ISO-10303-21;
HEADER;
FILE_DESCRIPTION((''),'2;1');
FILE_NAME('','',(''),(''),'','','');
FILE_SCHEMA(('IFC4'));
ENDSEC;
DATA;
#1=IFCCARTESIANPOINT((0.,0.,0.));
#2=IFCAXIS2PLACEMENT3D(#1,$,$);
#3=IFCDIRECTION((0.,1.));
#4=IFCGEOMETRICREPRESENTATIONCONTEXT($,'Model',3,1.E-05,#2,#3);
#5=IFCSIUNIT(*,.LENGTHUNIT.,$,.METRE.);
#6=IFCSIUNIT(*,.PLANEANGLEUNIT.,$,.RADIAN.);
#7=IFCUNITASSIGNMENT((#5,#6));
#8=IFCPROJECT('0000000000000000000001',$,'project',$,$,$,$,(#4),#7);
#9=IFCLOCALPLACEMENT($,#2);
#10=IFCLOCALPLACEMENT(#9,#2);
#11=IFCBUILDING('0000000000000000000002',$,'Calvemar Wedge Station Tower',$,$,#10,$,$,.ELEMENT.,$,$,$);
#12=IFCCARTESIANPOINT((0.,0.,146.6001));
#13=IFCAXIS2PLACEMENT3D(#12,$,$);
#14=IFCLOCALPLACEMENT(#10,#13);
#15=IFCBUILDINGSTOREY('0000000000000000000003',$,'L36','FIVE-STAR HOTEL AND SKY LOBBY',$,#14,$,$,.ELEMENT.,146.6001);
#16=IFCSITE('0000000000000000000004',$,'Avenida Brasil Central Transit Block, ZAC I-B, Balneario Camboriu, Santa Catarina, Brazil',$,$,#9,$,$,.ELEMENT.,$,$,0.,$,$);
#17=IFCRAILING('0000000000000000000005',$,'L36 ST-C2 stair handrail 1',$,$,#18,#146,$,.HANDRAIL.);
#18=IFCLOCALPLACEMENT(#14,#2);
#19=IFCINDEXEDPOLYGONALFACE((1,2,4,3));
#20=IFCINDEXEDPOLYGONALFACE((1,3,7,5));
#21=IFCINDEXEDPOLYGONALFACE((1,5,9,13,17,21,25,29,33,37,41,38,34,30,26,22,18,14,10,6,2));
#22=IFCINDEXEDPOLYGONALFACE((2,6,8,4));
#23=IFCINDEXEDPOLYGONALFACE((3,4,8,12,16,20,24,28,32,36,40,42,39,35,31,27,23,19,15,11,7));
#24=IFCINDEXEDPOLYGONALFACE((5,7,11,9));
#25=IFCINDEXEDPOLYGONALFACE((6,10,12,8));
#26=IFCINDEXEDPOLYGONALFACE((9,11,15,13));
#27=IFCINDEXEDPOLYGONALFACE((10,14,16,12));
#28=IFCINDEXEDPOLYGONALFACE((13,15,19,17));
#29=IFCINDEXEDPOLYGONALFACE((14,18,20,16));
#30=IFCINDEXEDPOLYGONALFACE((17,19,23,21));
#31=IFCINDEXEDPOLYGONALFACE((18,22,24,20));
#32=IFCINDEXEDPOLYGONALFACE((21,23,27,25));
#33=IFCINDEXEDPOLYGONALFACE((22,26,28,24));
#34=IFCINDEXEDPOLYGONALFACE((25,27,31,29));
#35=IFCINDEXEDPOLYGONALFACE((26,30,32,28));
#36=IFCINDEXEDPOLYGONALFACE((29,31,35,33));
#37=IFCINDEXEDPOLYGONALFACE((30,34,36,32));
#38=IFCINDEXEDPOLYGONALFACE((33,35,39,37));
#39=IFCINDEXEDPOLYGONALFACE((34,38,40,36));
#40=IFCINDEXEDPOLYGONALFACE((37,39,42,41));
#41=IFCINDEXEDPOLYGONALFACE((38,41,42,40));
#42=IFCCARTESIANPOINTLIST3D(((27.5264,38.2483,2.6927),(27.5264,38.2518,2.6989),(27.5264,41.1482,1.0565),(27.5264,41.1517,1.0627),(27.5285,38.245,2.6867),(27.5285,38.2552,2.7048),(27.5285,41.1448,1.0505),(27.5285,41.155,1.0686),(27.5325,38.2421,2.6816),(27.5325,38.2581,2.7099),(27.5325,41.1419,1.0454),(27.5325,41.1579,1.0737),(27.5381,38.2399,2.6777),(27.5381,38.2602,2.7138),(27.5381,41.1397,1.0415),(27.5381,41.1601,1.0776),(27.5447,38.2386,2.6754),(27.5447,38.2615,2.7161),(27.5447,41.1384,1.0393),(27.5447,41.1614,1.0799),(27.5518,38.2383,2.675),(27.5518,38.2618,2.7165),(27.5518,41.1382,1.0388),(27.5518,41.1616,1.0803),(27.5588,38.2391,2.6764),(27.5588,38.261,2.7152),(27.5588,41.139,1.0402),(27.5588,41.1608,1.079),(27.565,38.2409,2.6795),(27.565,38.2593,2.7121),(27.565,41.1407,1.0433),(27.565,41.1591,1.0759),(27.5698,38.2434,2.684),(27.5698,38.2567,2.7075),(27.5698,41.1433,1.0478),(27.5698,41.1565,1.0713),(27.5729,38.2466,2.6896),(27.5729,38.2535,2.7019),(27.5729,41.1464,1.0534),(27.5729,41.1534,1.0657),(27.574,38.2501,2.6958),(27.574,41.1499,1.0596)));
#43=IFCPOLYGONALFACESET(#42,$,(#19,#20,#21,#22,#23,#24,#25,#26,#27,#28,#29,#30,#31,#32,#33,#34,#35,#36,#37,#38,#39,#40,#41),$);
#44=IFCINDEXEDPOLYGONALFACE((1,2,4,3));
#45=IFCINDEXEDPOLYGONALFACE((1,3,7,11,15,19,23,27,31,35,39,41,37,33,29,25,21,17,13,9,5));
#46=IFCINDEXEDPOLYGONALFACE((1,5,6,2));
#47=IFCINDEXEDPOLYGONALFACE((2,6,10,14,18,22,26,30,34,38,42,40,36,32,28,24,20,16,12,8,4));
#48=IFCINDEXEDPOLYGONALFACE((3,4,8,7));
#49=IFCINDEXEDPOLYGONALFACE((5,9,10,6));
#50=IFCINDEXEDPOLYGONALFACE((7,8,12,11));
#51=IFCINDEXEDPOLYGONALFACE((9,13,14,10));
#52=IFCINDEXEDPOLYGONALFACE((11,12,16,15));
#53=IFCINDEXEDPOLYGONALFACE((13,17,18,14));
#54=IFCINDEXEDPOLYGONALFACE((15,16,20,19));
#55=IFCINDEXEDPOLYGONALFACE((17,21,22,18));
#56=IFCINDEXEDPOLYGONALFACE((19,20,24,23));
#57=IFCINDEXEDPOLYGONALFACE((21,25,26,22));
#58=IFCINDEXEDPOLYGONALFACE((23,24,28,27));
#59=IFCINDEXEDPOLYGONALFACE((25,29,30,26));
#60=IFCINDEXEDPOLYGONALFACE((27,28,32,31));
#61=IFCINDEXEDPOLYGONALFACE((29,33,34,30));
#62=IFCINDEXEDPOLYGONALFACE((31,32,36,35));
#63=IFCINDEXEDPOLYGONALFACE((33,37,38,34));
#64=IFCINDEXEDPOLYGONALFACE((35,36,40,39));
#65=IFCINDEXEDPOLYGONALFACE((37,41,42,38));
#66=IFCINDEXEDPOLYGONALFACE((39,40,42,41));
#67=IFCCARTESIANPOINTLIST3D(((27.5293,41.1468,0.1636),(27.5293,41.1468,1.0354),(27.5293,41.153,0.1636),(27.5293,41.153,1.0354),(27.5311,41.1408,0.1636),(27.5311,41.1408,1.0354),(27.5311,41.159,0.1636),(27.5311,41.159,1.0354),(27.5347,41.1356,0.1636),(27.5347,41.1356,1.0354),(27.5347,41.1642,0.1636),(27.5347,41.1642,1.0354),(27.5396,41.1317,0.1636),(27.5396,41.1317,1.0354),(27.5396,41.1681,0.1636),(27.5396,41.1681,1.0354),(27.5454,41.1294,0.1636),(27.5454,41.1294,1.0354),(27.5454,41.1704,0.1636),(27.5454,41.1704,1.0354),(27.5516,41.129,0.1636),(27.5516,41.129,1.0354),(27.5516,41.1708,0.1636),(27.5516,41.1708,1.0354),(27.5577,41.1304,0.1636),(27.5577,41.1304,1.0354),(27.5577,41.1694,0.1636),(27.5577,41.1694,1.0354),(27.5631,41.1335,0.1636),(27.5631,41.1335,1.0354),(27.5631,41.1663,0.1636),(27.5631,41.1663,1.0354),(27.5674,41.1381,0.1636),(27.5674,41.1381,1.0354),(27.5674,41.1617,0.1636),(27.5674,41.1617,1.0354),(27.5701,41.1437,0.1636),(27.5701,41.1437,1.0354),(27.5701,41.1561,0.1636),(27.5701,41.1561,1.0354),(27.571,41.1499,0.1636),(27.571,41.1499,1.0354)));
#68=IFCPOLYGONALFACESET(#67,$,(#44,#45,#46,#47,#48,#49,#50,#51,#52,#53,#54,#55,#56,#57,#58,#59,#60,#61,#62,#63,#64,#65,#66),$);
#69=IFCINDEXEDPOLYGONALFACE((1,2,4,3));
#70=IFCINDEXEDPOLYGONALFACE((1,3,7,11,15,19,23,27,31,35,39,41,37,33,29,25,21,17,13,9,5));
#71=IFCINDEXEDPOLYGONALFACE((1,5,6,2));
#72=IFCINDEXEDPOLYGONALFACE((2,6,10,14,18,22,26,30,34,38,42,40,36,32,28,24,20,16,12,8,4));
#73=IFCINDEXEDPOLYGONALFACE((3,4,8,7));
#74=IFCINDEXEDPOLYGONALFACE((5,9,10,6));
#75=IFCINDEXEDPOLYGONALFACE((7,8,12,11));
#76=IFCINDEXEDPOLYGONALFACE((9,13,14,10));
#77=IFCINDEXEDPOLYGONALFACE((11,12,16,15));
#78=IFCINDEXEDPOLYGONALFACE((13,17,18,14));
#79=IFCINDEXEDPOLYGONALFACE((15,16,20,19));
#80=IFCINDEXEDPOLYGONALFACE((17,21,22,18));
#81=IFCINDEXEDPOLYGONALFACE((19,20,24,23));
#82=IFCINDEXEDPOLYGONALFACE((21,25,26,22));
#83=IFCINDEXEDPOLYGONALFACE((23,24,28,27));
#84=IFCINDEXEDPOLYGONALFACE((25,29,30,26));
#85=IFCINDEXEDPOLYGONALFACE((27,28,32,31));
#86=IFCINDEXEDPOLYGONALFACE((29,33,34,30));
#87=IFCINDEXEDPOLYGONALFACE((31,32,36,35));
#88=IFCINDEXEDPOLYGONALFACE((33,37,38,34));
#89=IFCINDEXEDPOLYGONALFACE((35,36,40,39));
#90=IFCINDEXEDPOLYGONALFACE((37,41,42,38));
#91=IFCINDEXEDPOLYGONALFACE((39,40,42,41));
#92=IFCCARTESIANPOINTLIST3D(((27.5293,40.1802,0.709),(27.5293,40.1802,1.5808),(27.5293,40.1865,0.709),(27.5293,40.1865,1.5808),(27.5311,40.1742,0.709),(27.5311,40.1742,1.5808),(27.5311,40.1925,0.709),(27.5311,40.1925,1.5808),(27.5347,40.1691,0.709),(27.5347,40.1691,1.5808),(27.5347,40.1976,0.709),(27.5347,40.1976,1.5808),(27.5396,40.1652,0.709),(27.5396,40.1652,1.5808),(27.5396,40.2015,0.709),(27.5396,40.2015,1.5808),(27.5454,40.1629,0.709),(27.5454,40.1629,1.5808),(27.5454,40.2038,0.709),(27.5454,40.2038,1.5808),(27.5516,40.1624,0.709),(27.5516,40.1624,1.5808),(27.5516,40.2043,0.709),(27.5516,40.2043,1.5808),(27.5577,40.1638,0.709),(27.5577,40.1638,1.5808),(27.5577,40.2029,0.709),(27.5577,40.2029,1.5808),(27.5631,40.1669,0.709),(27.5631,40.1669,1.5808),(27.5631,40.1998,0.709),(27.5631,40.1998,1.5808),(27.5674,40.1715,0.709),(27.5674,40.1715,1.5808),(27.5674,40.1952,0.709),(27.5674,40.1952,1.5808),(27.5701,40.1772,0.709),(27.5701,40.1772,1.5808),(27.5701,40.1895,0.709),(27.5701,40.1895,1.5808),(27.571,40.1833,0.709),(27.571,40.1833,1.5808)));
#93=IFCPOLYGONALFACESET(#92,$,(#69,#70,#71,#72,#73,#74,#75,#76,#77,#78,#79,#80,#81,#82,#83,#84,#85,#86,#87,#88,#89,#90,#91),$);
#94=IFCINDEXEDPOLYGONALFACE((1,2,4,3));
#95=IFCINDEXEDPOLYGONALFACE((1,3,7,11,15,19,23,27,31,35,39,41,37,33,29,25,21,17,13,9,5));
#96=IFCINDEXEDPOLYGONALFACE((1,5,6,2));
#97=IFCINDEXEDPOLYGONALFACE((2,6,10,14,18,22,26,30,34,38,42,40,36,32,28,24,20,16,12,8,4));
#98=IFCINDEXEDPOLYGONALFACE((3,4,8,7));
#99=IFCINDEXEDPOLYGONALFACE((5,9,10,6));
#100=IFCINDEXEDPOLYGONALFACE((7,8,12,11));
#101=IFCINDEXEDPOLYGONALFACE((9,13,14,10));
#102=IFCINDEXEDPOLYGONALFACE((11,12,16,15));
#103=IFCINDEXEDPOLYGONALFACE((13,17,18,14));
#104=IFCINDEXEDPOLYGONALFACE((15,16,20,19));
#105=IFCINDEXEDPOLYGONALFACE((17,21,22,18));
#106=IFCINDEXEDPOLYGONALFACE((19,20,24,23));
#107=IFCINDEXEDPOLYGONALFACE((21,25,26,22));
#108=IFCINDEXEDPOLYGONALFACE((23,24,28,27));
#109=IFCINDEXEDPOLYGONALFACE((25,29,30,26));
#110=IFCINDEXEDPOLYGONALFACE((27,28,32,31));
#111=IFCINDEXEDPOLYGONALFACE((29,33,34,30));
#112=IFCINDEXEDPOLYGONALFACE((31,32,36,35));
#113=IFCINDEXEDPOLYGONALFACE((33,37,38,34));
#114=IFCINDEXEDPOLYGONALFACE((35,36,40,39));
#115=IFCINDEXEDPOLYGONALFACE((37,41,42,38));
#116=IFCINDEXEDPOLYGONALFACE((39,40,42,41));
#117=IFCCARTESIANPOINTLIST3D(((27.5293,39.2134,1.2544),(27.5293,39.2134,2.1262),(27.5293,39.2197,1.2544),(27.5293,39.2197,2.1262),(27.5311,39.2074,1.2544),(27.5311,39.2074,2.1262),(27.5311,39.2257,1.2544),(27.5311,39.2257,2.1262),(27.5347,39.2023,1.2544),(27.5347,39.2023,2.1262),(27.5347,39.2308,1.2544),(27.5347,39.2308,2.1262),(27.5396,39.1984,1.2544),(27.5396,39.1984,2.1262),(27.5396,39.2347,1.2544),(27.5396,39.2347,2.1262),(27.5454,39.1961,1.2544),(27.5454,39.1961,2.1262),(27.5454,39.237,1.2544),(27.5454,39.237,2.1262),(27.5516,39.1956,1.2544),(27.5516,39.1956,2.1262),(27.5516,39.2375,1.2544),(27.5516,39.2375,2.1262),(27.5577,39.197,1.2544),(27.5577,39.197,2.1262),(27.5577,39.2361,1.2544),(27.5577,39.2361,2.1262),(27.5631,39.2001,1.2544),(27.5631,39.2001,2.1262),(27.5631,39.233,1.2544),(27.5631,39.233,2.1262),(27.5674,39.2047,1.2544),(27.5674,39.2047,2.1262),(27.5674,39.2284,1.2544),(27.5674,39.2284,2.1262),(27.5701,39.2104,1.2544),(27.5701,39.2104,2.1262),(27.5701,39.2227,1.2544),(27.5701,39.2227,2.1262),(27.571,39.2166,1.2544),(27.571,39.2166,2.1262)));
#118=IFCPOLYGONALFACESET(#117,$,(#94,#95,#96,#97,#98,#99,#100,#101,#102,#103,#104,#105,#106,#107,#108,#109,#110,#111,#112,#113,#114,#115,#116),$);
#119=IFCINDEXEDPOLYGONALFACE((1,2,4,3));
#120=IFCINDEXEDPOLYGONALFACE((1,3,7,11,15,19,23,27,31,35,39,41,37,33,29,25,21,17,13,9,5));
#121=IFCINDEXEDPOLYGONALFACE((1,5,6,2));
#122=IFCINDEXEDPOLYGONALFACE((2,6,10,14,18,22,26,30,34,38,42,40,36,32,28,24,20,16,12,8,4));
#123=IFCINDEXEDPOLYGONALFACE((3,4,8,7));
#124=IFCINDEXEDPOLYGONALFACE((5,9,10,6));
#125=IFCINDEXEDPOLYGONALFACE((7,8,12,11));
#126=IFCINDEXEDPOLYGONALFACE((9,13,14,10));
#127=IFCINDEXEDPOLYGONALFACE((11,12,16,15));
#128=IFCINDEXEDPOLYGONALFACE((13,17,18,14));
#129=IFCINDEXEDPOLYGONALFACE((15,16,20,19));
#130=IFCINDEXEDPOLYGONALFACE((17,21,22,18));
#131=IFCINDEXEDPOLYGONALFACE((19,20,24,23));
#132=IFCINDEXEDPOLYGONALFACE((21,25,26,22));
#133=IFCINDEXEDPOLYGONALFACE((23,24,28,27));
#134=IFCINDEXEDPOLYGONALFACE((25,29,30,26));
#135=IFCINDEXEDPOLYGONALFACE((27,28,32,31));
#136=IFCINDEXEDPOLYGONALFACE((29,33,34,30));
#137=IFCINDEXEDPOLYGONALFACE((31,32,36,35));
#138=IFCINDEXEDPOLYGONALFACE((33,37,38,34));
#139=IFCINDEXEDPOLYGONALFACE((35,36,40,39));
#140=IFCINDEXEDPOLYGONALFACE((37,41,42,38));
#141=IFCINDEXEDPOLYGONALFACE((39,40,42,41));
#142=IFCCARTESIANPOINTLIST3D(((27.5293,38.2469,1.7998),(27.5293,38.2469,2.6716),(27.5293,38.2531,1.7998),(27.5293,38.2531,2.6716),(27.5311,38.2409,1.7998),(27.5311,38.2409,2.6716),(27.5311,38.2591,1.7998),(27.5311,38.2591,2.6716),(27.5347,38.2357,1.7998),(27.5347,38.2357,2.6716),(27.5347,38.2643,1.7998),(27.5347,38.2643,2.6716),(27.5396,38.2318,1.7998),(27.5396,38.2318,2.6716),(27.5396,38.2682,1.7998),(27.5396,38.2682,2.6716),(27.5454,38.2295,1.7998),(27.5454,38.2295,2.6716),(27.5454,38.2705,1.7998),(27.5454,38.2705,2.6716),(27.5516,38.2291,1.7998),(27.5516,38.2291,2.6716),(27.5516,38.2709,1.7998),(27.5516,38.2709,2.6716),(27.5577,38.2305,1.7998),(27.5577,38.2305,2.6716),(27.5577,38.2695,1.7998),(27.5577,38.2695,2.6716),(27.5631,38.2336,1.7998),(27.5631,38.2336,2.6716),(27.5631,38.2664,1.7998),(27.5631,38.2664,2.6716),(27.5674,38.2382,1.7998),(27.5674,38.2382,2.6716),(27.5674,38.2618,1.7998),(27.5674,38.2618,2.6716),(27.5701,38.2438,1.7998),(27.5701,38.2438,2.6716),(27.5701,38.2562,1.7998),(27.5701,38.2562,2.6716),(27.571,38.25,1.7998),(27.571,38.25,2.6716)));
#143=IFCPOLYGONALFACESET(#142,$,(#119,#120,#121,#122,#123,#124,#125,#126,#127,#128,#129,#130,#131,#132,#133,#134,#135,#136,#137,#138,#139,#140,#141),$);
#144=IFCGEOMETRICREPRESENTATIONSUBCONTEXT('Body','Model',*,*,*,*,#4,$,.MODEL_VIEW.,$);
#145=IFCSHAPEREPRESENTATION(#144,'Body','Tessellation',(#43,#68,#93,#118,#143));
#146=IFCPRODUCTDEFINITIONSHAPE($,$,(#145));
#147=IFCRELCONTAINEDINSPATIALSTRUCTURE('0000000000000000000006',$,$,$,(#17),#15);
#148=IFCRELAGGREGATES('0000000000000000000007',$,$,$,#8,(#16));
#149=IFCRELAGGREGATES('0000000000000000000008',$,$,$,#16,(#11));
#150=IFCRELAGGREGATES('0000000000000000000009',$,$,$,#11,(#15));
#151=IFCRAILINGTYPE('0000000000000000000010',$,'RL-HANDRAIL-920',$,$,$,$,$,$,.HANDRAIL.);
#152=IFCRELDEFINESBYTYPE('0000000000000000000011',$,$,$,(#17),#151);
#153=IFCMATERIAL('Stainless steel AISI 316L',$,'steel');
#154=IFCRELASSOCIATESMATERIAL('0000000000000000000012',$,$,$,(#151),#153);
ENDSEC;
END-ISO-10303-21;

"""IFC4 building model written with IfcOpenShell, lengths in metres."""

from ifc_helpers import new_model, si_unit, direction, frame, origin, origin_2d, place, context, subcontext, project, spatial, circle, extrude, material, type_object, element, save


model = new_model("IFC4")

# Units and contexts
model_context = context("Model", 3, precision=1e-05, world=origin(), true_north=direction((0.0, 1.0)))
body_context = subcontext(model_context, "Body", "Model", "MODEL_VIEW")
ifc_project = project(units=[si_unit("LENGTHUNIT", "METRE"), si_unit("PLANEANGLEUNIT", "RADIAN")], contexts=[model_context])

# Site, building, storey
site_placement = place(None, origin())
site = spatial("IfcSite", under=ifc_project, at=site_placement, Name="Avenida Brasil Central Transit Block, ZAC I-B, Balneario Camboriu, Santa Catarina, Brazil", CompositionType="ELEMENT", RefElevation=0.0)
building_placement = place(site_placement, origin())
building = spatial("IfcBuilding", under=site, at=building_placement, Name="Calvemar Wedge Station Tower", CompositionType="ELEMENT")
storey_placement = place(building_placement, frame((0.0, 0.0, 146.6001)))
storey = spatial("IfcBuildingStorey", under=building, at=storey_placement, Name="L36", Description="FIVE-STAR HOTEL AND SKY LOBBY", CompositionType="ELEMENT", Elevation=146.6001)

# Railing
ifc_material_1 = material(Name="Stainless steel AISI 316L", Category="steel")
railing_type = type_object("IfcRailingType", Name="RL-HANDRAIL-920", PredefinedType="HANDRAIL", material=ifc_material_1)
railing_placement = place(storey_placement, frame((27.55, 41.1499, 0.1636)))
element("IfcRailing", 1, at=railing_placement, inside=storey, type_object=railing_type, Name="L36 ST-C2 stair handrail 1", PredefinedType="HANDRAIL", context=body_context, shape_type="SweptSolid", body=[
    extrude(circle(Radius=0.0239, at=origin_2d()), frame((0.0, 0.0, 0.896), z_axis=(0.0, -0.870929, 0.49141), x_axis=(1.0, 0.0, 0.0)), (0.0, 0.0, 1.0), 3.3296),
    extrude(circle(Radius=0.021, at=origin_2d()), origin(), (0.0, 0.0, 1.0), 0.8718),
    extrude(circle(Radius=0.021, at=origin_2d()), frame((0.0, -0.9666, 0.5454)), (0.0, 0.0, 1.0), 0.8718),
    extrude(circle(Radius=0.021, at=origin_2d()), frame((0.0, -1.9333, 1.0908)), (0.0, 0.0, 1.0), 0.8718),
    extrude(circle(Radius=0.021, at=origin_2d()), frame((0.0, -2.8999, 1.6362)), (0.0, 0.0, 1.0), 0.8718),
])

save(model, "model.ifc")
